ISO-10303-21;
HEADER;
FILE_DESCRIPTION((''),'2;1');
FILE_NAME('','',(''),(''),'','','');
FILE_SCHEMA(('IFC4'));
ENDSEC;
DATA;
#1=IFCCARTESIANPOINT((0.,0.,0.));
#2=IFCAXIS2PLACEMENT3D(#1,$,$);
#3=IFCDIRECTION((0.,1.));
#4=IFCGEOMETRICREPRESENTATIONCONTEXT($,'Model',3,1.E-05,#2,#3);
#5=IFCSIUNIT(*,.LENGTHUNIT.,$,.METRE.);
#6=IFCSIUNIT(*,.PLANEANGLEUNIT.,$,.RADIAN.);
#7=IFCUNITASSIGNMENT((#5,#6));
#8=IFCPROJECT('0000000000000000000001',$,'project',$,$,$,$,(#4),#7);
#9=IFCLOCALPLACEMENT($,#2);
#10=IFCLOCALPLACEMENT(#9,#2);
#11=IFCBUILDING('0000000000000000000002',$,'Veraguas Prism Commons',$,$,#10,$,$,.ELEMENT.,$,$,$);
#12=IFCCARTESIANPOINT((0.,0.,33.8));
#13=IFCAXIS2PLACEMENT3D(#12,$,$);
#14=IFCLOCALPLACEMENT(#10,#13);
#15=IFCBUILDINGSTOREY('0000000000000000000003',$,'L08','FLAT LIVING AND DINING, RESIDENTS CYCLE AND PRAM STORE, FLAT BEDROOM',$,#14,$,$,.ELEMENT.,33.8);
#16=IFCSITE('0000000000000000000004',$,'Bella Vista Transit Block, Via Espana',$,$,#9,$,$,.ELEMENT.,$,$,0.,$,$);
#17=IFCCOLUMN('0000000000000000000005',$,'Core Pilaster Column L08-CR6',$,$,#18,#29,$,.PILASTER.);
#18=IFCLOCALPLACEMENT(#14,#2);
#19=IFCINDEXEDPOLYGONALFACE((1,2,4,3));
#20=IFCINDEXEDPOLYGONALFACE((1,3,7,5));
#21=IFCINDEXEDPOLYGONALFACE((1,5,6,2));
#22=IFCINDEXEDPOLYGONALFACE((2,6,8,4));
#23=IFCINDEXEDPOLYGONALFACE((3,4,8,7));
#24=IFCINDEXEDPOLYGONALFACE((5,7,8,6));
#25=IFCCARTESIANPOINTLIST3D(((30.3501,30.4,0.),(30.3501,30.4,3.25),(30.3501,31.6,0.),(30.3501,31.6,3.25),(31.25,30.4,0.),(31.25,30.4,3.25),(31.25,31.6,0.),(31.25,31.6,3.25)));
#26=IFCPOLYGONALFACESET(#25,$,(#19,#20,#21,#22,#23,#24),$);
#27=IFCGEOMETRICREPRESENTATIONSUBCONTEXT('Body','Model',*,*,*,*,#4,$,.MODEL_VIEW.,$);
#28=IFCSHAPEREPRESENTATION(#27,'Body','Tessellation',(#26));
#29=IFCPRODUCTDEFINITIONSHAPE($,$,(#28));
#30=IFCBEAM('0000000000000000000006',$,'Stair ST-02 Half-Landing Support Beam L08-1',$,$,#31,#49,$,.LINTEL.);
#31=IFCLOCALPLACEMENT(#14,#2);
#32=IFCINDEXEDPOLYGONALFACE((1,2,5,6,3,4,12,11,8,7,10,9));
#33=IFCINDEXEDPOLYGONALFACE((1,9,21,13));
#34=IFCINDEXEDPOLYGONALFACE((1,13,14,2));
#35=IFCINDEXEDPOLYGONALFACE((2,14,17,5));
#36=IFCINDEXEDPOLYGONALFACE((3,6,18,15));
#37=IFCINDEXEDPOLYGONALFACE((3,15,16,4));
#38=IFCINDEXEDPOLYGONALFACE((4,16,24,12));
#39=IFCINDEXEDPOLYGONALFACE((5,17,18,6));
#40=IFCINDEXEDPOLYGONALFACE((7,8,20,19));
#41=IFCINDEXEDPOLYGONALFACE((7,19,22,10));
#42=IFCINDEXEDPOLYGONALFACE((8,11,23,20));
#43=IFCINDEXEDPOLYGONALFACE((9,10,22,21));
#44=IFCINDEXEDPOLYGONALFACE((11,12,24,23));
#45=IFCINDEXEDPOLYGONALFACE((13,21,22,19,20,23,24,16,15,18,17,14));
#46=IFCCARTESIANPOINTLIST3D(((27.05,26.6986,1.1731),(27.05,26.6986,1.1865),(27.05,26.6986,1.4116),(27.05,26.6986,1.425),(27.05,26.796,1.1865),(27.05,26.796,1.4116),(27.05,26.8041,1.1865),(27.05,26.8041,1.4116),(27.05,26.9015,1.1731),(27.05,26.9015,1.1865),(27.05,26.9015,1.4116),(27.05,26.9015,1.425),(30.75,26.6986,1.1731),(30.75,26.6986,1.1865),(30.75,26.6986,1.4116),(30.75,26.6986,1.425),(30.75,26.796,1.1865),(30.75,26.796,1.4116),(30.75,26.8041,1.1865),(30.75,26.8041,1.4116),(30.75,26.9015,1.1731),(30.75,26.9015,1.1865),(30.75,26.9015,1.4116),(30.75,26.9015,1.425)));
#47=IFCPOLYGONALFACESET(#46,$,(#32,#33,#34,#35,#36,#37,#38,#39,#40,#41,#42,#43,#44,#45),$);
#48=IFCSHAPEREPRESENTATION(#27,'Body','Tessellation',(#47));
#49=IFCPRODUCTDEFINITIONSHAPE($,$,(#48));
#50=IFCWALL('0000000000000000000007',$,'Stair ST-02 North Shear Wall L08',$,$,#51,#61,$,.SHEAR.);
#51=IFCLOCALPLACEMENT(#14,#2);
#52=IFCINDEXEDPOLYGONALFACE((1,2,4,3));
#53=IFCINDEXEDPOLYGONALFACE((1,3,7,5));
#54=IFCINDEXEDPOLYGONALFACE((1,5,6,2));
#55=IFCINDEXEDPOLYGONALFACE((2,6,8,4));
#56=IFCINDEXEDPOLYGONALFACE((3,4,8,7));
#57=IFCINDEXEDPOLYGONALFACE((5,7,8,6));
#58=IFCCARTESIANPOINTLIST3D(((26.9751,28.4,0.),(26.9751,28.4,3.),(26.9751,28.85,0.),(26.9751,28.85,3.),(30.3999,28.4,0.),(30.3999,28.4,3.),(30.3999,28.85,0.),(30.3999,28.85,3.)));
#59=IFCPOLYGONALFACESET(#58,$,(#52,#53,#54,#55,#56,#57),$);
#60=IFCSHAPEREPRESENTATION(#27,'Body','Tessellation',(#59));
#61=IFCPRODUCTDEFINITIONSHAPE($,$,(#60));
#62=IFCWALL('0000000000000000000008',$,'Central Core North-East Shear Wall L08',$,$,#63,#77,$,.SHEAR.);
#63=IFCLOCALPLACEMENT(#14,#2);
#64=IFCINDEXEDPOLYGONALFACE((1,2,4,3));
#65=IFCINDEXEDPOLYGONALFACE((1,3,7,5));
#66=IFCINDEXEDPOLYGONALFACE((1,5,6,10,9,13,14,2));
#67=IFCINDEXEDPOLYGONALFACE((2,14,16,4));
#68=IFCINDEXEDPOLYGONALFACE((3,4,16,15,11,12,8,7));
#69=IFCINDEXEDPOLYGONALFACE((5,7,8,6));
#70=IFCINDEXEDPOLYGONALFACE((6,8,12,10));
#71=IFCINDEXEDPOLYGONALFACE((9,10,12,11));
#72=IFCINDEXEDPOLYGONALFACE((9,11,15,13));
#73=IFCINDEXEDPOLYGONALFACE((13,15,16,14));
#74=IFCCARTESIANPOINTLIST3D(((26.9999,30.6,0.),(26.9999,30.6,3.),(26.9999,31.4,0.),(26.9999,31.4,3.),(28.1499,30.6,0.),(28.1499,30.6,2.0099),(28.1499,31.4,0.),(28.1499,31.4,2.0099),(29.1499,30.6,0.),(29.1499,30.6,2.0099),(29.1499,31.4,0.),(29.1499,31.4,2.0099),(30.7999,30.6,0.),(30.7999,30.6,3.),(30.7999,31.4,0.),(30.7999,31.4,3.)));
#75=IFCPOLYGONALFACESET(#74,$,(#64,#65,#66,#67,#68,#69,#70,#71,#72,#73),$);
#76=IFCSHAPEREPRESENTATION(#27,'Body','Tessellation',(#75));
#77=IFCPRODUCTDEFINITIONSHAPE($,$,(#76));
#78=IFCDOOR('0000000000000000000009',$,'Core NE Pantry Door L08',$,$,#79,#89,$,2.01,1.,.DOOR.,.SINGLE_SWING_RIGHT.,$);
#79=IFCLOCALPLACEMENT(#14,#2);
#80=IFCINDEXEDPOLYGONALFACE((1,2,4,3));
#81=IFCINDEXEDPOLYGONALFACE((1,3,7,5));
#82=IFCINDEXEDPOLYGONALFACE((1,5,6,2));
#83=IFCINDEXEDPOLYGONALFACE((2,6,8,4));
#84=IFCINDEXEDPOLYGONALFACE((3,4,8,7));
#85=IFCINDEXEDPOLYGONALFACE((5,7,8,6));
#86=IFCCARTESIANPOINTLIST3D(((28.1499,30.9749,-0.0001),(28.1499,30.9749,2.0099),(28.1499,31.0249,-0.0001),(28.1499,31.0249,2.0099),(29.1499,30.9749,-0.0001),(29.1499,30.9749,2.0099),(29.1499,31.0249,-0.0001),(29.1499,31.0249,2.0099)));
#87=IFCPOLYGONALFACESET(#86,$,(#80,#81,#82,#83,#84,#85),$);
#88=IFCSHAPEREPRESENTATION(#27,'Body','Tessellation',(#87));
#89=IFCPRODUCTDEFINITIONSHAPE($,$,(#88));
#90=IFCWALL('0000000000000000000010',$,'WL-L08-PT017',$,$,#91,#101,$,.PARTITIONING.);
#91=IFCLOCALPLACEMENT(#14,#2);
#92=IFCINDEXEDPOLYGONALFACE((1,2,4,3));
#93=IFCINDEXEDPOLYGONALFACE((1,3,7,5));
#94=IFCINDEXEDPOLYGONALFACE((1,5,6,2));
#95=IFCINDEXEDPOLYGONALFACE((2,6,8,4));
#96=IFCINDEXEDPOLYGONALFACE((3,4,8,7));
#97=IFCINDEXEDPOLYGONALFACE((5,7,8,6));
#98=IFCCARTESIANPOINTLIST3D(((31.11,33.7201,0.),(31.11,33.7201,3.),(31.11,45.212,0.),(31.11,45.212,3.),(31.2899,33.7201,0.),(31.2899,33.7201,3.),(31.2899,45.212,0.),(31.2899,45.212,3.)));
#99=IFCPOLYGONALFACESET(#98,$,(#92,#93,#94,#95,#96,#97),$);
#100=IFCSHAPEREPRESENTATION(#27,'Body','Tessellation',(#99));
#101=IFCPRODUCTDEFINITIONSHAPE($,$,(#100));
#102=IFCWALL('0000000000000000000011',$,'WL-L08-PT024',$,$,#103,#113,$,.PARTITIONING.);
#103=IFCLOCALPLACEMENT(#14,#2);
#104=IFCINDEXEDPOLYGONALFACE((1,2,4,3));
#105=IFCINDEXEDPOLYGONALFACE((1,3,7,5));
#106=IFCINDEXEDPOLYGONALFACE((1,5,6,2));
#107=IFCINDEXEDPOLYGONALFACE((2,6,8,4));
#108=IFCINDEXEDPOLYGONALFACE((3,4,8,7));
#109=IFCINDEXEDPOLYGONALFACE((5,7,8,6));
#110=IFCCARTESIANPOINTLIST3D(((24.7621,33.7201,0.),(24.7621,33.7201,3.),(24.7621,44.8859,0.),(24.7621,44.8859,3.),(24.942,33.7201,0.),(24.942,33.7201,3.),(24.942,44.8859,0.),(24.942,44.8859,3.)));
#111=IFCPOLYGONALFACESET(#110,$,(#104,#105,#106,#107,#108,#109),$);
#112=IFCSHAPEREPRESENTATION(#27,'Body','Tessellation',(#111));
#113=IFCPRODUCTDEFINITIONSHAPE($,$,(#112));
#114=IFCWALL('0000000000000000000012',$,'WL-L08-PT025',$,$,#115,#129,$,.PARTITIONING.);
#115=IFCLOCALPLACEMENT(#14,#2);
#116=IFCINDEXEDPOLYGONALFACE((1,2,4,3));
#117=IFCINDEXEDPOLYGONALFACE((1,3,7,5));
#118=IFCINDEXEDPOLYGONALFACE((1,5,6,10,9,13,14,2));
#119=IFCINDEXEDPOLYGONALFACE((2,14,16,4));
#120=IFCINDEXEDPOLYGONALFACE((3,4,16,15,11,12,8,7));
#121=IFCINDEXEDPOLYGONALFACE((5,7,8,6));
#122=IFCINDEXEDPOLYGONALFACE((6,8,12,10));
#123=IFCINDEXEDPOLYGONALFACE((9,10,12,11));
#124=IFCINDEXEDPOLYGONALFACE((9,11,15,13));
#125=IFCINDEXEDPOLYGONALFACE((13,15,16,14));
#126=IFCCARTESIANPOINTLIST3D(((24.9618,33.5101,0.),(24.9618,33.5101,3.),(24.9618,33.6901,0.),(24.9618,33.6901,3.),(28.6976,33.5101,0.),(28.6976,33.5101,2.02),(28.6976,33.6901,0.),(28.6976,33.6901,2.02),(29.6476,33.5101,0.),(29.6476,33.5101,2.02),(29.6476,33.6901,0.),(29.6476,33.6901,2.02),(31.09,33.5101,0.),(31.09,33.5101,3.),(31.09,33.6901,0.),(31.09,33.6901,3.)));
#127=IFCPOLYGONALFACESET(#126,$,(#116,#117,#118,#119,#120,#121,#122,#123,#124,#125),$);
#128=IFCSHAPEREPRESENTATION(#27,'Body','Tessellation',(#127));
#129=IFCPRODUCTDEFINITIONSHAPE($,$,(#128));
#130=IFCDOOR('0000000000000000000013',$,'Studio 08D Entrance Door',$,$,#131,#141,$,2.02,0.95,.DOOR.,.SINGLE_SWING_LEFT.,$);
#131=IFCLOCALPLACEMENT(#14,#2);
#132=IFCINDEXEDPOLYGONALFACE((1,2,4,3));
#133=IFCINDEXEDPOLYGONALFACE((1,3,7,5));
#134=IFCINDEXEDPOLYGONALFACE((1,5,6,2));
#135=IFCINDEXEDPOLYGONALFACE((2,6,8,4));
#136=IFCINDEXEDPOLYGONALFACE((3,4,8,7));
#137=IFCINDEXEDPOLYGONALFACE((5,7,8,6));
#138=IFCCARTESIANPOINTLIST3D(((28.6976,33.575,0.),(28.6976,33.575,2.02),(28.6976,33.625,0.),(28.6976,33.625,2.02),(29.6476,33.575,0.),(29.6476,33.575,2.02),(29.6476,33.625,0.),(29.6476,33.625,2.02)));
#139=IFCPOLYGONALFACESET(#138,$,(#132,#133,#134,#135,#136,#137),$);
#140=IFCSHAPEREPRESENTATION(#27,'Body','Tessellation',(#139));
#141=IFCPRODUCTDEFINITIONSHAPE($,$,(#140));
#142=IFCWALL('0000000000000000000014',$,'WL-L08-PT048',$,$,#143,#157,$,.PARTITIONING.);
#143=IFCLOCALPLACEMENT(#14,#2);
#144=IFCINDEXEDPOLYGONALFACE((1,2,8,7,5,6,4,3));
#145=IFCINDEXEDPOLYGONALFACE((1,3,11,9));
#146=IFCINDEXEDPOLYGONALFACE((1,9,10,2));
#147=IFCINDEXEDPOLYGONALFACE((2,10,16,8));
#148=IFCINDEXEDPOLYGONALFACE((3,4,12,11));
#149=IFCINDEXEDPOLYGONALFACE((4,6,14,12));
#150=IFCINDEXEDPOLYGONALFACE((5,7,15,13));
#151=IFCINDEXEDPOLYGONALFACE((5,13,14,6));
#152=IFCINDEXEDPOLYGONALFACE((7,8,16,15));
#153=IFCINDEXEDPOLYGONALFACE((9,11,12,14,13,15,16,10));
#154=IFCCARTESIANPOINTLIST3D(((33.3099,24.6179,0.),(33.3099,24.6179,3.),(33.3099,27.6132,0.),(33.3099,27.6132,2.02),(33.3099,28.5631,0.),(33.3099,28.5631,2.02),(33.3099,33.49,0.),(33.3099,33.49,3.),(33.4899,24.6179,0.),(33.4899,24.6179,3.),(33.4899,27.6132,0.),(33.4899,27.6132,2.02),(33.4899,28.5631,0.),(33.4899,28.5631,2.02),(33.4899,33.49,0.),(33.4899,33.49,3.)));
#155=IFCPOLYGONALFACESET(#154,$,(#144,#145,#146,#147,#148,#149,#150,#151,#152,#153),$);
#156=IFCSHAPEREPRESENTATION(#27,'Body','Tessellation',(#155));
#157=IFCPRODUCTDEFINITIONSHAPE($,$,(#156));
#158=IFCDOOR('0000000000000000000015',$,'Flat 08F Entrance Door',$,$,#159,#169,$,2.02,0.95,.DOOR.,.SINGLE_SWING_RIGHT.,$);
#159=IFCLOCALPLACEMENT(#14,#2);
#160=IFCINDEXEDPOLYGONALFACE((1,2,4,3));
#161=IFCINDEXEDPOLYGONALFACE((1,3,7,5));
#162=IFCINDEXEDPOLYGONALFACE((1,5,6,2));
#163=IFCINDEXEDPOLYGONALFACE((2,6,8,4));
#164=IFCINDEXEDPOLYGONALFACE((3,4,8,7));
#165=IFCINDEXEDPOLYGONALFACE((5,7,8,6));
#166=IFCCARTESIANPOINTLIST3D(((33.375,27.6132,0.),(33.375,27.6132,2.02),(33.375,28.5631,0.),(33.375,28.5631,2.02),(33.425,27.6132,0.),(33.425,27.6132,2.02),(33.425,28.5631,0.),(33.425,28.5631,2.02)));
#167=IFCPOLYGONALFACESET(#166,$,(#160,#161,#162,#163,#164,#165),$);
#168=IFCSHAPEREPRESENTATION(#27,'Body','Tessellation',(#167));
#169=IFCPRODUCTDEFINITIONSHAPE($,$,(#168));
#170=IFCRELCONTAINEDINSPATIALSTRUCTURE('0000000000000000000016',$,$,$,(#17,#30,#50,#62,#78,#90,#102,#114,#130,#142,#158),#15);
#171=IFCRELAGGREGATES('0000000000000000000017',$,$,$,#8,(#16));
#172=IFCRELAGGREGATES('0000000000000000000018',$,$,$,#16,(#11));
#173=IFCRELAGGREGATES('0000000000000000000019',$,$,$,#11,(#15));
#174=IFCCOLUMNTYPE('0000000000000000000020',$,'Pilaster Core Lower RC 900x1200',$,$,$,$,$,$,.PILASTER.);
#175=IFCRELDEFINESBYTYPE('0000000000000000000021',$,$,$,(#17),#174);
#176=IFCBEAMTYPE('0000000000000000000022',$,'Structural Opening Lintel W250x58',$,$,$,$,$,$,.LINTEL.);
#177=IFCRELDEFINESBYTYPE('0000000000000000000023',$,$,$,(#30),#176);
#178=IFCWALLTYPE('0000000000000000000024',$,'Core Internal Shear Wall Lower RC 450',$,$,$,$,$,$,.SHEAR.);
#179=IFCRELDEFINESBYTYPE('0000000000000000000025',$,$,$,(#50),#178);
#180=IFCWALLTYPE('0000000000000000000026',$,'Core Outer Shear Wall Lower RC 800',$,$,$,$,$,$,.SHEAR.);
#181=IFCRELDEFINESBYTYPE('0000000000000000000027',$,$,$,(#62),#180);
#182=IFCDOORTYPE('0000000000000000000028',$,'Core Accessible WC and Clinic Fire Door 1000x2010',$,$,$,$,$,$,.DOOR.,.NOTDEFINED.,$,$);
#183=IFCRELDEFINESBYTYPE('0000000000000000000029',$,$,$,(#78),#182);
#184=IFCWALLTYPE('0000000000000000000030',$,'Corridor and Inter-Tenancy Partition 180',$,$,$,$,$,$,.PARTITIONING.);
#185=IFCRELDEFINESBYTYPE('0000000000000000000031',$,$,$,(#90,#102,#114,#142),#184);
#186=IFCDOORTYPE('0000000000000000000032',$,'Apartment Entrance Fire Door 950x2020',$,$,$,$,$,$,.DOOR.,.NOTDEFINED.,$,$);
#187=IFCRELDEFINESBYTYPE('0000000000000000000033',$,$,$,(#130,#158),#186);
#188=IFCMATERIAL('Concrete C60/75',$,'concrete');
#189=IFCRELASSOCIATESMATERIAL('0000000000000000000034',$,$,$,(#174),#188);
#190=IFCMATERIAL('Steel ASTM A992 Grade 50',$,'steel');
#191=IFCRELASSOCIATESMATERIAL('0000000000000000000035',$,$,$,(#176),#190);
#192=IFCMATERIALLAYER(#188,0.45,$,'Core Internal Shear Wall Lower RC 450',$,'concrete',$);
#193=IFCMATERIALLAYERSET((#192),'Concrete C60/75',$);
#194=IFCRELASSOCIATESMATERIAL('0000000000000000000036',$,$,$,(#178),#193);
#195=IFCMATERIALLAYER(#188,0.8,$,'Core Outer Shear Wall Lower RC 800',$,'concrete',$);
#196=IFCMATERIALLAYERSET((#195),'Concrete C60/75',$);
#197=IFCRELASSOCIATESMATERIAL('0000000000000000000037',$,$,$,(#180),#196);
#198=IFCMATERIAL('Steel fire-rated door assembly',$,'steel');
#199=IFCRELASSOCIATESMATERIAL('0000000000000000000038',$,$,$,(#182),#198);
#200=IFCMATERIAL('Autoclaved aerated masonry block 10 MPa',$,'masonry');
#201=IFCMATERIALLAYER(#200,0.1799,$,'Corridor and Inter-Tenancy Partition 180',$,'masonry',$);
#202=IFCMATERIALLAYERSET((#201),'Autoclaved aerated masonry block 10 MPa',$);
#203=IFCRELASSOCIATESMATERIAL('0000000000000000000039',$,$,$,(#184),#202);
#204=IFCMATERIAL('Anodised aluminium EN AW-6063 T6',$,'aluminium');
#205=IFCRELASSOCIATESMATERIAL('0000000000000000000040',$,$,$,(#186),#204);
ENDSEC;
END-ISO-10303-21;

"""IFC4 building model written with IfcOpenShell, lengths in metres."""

from ifc_helpers import new_model, si_unit, direction, frame, frame_2d, origin, origin_2d, place, context, subcontext, project, spatial, rectangle, i_section, extrude, source, transform, mapped, material, layer, layer_set, material_profile, profile_set, type_object, element, fill, save


model = new_model("IFC4")

# Units and contexts
model_context = context("Model", 3, precision=1e-05, world=origin(), true_north=direction((0.0, 1.0)))
body_context = subcontext(model_context, "Body", "Model", "MODEL_VIEW")
ifc_project = project(units=[si_unit("LENGTHUNIT", "METRE"), si_unit("PLANEANGLEUNIT", "RADIAN")], contexts=[model_context])

# Site, building, storey
site_placement = place(None, origin())
site = spatial("IfcSite", under=ifc_project, at=site_placement, Name="Bella Vista Transit Block, Via Espana", CompositionType="ELEMENT", RefElevation=0.0)
building_placement = place(site_placement, origin())
building = spatial("IfcBuilding", under=site, at=building_placement, Name="Veraguas Prism Commons", CompositionType="ELEMENT")
storey_placement = place(building_placement, frame((0.0, 0.0, 33.8)))
storey = spatial("IfcBuildingStorey", under=building, at=storey_placement, Name="L08", Description="FLAT LIVING AND DINING, RESIDENTS CYCLE AND PRAM STORE, FLAT BEDROOM", CompositionType="ELEMENT", Elevation=33.8)

# Column
ifc_material_1 = material(Name="Concrete C60/75", Category="concrete")
ifc_material_profile_1 = material_profile(ifc_material_1, rectangle(XDim=0.8999, YDim=1.2, at=origin_2d()), Name="RC900X1200")
ifc_profile_set_1 = profile_set([ifc_material_profile_1], Name="Concrete C60/75")
column_type = type_object("IfcColumnType", Name="Pilaster Core Lower RC 900x1200", PredefinedType="PILASTER", material=ifc_profile_set_1)
column_placement = place(storey_placement, frame((30.8, 31.0, 0.0), z_axis=(0.0, 0.0, 1.0), x_axis=(1.0, 0.0, 0.0)))
element("IfcColumn", 1, at=column_placement, inside=storey, type_object=column_type, Name="Core Pilaster Column L08-CR6", PredefinedType="PILASTER", context=body_context, shape_type="SweptSolid", body=[
    extrude(rectangle(XDim=0.8999, YDim=1.2, at=origin_2d()), origin(), (0.0, 0.0, 1.0), 3.25),
])

# Beam
ifc_material_2 = material(Name="Steel ASTM A992 Grade 50", Category="steel")
ifc_material_profile_2 = material_profile(ifc_material_2, i_section(OverallWidth=0.2029, OverallDepth=0.252, WebThickness=0.0081, FlangeThickness=0.0134, at=origin_2d()), Name="W250X58")
ifc_profile_set_2 = profile_set([ifc_material_profile_2], Name="Steel ASTM A992 Grade 50")
beam_type = type_object("IfcBeamType", Name="Structural Opening Lintel W250x58", PredefinedType="LINTEL", material=ifc_profile_set_2)
beam_placement = place(storey_placement, frame((27.05, 26.8, 1.2991), z_axis=(1.0, 0.0, 0.0), x_axis=(0.0, 1.0, 0.0)))
element("IfcBeam", 2, at=beam_placement, inside=storey, type_object=beam_type, Name="Stair ST-02 Half-Landing Support Beam L08-1", PredefinedType="LINTEL", context=body_context, shape_type="SweptSolid", body=[
    extrude(i_section(OverallWidth=0.2029, OverallDepth=0.252, WebThickness=0.0081, FlangeThickness=0.0134, at=origin_2d()), origin(), (0.0, 0.0, 1.0), 3.7),
])

# Wall
ifc_layer_1 = layer(ifc_material_1, 0.45, Name="Core Internal Shear Wall Lower RC 450", Category="concrete")
ifc_layer_set_1 = layer_set([ifc_layer_1], Name="Concrete C60/75")
wall_type_1 = type_object("IfcWallType", Name="Core Internal Shear Wall Lower RC 450", PredefinedType="SHEAR", material=ifc_layer_set_1)
wall_1_placement = place(storey_placement, frame((26.9751, 28.625, 0.0), z_axis=(0.0, 0.0, 1.0), x_axis=(1.0, 0.0, 0.0)))
element("IfcWall", 3, at=wall_1_placement, inside=storey, type_object=wall_type_1, Name="Stair ST-02 North Shear Wall L08", PredefinedType="SHEAR", context=body_context, shape_type="SweptSolid", body=[
    extrude(rectangle(XDim=3.4248, YDim=0.45, at=frame_2d((1.7124, 0.0))), origin(), (0.0, 0.0, 1.0), 3.0),
])

# Wall, opening, door
ifc_layer_2 = layer(ifc_material_1, 0.8, Name="Core Outer Shear Wall Lower RC 800", Category="concrete")
ifc_layer_set_2 = layer_set([ifc_layer_2], Name="Concrete C60/75")
wall_type_2 = type_object("IfcWallType", Name="Core Outer Shear Wall Lower RC 800", PredefinedType="SHEAR", material=ifc_layer_set_2)
wall_2_placement = place(storey_placement, frame((27.0, 31.0, 0.0), z_axis=(0.0, 0.0, 1.0), x_axis=(1.0, 0.0, 0.0)))
wall_2 = element("IfcWall", 4, at=wall_2_placement, inside=storey, type_object=wall_type_2, Name="Central Core North-East Shear Wall L08", PredefinedType="SHEAR", context=body_context, shape_type="SweptSolid", body=[
    extrude(rectangle(XDim=3.8, YDim=0.8, at=frame_2d((1.8999, 0.0))), origin(), (0.0, 0.0, 1.0), 3.0),
])
opening_1_placement = place(wall_2_placement, frame((1.1499, 0.0, 0.0)))
opening_1 = element("IfcOpeningElement", 5, at=opening_1_placement, cuts=wall_2, PredefinedType="OPENING", context=body_context, shape_type="SweptSolid", body=[
    extrude(rectangle(XDim=1.0, YDim=2.01, at=frame_2d((0.5, 1.0049))), frame((0.0, 0.4099, 0.0), z_axis=(0.0, -1.0, 0.0), x_axis=(1.0, 0.0, 0.0)), (0.0, 0.0, 1.0), 0.8201),
])
ifc_material_3 = material(Name="Steel fire-rated door assembly", Category="steel")
door_type_1 = type_object("IfcDoorType", Name="Core Accessible WC and Clinic Fire Door 1000x2010", OperationType="NOTDEFINED", PredefinedType="DOOR", material=ifc_material_3)
shared_shape_1 = source(origin(), body_context, "Body", "SweptSolid", [
    extrude(rectangle(XDim=1.0, YDim=2.01, at=frame_2d((0.5, 1.0049))), frame((0.0, 0.0249, 0.0), z_axis=(0.0, -1.0, 0.0), x_axis=(1.0, 0.0, 0.0)), (0.0, 0.0, 1.0), 0.05),
])
door_1_placement = place(opening_1_placement, origin())
door_1 = element("IfcDoor", 6, at=door_1_placement, inside=storey, type_object=door_type_1, Name="Core NE Pantry Door L08", OperationType="SINGLE_SWING_RIGHT", OverallHeight=2.01, OverallWidth=1.0, PredefinedType="DOOR", context=body_context, shape_type="MappedRepresentation", body=[
    mapped(shared_shape_1, transform((0.0, 0.0, 0.0), scale=1.0)),
])
fill(opening_1, door_1)

# Walls
ifc_material_4 = material(Name="Autoclaved aerated masonry block 10 MPa", Category="masonry")
ifc_layer_3 = layer(ifc_material_4, 0.1799, Name="Corridor and Inter-Tenancy Partition 180", Category="masonry")
ifc_layer_set_3 = layer_set([ifc_layer_3], Name="Autoclaved aerated masonry block 10 MPa")
wall_type_3 = type_object("IfcWallType", Name="Corridor and Inter-Tenancy Partition 180", PredefinedType="PARTITIONING", material=ifc_layer_set_3)
wall_3_placement = place(storey_placement, frame((31.2, 33.72, 0.0), z_axis=(0.0, 0.0, 1.0), x_axis=(0.0, 1.0, 0.0)))
element("IfcWall", 7, at=wall_3_placement, inside=storey, type_object=wall_type_3, Name="WL-L08-PT017", PredefinedType="PARTITIONING", context=body_context, shape_type="SweptSolid", body=[
    extrude(rectangle(XDim=11.4919, YDim=0.1799, at=frame_2d((5.7461, 0.0))), origin(), (0.0, 0.0, 1.0), 3.0),
])
wall_4_placement = place(storey_placement, frame((24.8521, 33.72, 0.0), z_axis=(0.0, 0.0, 1.0), x_axis=(0.0, 1.0, 0.0)))
element("IfcWall", 8, at=wall_4_placement, inside=storey, type_object=wall_type_3, Name="WL-L08-PT024", PredefinedType="PARTITIONING", context=body_context, shape_type="SweptSolid", body=[
    extrude(rectangle(XDim=11.1658, YDim=0.1799, at=frame_2d((5.583, 0.0))), origin(), (0.0, 0.0, 1.0), 3.0),
])

# Walls, openings, doors
wall_5_placement = place(storey_placement, frame((24.9619, 33.6001, 0.0), z_axis=(0.0, 0.0, 1.0), x_axis=(1.0, 0.0, 0.0)))
wall_5 = element("IfcWall", 9, at=wall_5_placement, inside=storey, type_object=wall_type_3, Name="WL-L08-PT025", PredefinedType="PARTITIONING", context=body_context, shape_type="SweptSolid", body=[
    extrude(rectangle(XDim=6.1282, YDim=0.1799, at=frame_2d((3.064, 0.0))), origin(), (0.0, 0.0, 1.0), 3.0),
])
opening_2_placement = place(wall_5_placement, frame((3.7356, 0.0, 0.0)))
opening_2 = element("IfcOpeningElement", 10, at=opening_2_placement, cuts=wall_5, PredefinedType="OPENING", context=body_context, shape_type="SweptSolid", body=[
    extrude(rectangle(XDim=0.95, YDim=2.02, at=frame_2d((0.4751, 1.01))), frame((0.0, 0.0999, 0.0), z_axis=(0.0, -1.0, 0.0), x_axis=(1.0, 0.0, 0.0)), (0.0, 0.0, 1.0), 0.2),
])
ifc_material_5 = material(Name="Anodised aluminium EN AW-6063 T6", Category="aluminium")
door_type_2 = type_object("IfcDoorType", Name="Apartment Entrance Fire Door 950x2020", OperationType="NOTDEFINED", PredefinedType="DOOR", material=ifc_material_5)
shared_shape_2 = source(origin(), body_context, "Body", "SweptSolid", [
    extrude(rectangle(XDim=0.95, YDim=2.02, at=frame_2d((0.4751, 1.01))), frame((0.0, 0.0249, 0.0), z_axis=(0.0, -1.0, 0.0), x_axis=(1.0, 0.0, 0.0)), (0.0, 0.0, 1.0), 0.05),
])
door_2_placement = place(opening_2_placement, origin())
door_2 = element("IfcDoor", 11, at=door_2_placement, inside=storey, type_object=door_type_2, Name="Studio 08D Entrance Door", OperationType="SINGLE_SWING_LEFT", OverallHeight=2.02, OverallWidth=0.95, PredefinedType="DOOR", context=body_context, shape_type="MappedRepresentation", body=[
    mapped(shared_shape_2, transform((0.0, 0.0, 0.0), scale=1.0)),
])
fill(opening_2, door_2)
wall_6_placement = place(storey_placement, frame((33.3999, 24.6179, 0.0), z_axis=(0.0, 0.0, 1.0), x_axis=(0.0, 1.0, 0.0)))
wall_6 = element("IfcWall", 12, at=wall_6_placement, inside=storey, type_object=wall_type_3, Name="WL-L08-PT048", PredefinedType="PARTITIONING", context=body_context, shape_type="SweptSolid", body=[
    extrude(rectangle(XDim=8.8721, YDim=0.1799, at=frame_2d((4.436, 0.0))), origin(), (0.0, 0.0, 1.0), 3.0),
])
opening_3_placement = place(wall_6_placement, frame((2.9951, 0.0, 0.0)))
opening_3 = element("IfcOpeningElement", 13, at=opening_3_placement, cuts=wall_6, PredefinedType="OPENING", context=body_context, shape_type="SweptSolid", body=[
    extrude(rectangle(XDim=0.95, YDim=2.02, at=frame_2d((0.4751, 1.01))), frame((0.0, 0.0999, 0.0), z_axis=(0.0, -1.0, 0.0), x_axis=(1.0, 0.0, 0.0)), (0.0, 0.0, 1.0), 0.2),
])
door_3_placement = place(opening_3_placement, origin())
door_3 = element("IfcDoor", 14, at=door_3_placement, inside=storey, type_object=door_type_2, Name="Flat 08F Entrance Door", OperationType="SINGLE_SWING_RIGHT", OverallHeight=2.02, OverallWidth=0.95, PredefinedType="DOOR", context=body_context, shape_type="MappedRepresentation", body=[
    mapped(shared_shape_2, transform((0.0, 0.0, 0.0), scale=1.0)),
])
fill(opening_3, door_3)

save(model, "model.ifc")
